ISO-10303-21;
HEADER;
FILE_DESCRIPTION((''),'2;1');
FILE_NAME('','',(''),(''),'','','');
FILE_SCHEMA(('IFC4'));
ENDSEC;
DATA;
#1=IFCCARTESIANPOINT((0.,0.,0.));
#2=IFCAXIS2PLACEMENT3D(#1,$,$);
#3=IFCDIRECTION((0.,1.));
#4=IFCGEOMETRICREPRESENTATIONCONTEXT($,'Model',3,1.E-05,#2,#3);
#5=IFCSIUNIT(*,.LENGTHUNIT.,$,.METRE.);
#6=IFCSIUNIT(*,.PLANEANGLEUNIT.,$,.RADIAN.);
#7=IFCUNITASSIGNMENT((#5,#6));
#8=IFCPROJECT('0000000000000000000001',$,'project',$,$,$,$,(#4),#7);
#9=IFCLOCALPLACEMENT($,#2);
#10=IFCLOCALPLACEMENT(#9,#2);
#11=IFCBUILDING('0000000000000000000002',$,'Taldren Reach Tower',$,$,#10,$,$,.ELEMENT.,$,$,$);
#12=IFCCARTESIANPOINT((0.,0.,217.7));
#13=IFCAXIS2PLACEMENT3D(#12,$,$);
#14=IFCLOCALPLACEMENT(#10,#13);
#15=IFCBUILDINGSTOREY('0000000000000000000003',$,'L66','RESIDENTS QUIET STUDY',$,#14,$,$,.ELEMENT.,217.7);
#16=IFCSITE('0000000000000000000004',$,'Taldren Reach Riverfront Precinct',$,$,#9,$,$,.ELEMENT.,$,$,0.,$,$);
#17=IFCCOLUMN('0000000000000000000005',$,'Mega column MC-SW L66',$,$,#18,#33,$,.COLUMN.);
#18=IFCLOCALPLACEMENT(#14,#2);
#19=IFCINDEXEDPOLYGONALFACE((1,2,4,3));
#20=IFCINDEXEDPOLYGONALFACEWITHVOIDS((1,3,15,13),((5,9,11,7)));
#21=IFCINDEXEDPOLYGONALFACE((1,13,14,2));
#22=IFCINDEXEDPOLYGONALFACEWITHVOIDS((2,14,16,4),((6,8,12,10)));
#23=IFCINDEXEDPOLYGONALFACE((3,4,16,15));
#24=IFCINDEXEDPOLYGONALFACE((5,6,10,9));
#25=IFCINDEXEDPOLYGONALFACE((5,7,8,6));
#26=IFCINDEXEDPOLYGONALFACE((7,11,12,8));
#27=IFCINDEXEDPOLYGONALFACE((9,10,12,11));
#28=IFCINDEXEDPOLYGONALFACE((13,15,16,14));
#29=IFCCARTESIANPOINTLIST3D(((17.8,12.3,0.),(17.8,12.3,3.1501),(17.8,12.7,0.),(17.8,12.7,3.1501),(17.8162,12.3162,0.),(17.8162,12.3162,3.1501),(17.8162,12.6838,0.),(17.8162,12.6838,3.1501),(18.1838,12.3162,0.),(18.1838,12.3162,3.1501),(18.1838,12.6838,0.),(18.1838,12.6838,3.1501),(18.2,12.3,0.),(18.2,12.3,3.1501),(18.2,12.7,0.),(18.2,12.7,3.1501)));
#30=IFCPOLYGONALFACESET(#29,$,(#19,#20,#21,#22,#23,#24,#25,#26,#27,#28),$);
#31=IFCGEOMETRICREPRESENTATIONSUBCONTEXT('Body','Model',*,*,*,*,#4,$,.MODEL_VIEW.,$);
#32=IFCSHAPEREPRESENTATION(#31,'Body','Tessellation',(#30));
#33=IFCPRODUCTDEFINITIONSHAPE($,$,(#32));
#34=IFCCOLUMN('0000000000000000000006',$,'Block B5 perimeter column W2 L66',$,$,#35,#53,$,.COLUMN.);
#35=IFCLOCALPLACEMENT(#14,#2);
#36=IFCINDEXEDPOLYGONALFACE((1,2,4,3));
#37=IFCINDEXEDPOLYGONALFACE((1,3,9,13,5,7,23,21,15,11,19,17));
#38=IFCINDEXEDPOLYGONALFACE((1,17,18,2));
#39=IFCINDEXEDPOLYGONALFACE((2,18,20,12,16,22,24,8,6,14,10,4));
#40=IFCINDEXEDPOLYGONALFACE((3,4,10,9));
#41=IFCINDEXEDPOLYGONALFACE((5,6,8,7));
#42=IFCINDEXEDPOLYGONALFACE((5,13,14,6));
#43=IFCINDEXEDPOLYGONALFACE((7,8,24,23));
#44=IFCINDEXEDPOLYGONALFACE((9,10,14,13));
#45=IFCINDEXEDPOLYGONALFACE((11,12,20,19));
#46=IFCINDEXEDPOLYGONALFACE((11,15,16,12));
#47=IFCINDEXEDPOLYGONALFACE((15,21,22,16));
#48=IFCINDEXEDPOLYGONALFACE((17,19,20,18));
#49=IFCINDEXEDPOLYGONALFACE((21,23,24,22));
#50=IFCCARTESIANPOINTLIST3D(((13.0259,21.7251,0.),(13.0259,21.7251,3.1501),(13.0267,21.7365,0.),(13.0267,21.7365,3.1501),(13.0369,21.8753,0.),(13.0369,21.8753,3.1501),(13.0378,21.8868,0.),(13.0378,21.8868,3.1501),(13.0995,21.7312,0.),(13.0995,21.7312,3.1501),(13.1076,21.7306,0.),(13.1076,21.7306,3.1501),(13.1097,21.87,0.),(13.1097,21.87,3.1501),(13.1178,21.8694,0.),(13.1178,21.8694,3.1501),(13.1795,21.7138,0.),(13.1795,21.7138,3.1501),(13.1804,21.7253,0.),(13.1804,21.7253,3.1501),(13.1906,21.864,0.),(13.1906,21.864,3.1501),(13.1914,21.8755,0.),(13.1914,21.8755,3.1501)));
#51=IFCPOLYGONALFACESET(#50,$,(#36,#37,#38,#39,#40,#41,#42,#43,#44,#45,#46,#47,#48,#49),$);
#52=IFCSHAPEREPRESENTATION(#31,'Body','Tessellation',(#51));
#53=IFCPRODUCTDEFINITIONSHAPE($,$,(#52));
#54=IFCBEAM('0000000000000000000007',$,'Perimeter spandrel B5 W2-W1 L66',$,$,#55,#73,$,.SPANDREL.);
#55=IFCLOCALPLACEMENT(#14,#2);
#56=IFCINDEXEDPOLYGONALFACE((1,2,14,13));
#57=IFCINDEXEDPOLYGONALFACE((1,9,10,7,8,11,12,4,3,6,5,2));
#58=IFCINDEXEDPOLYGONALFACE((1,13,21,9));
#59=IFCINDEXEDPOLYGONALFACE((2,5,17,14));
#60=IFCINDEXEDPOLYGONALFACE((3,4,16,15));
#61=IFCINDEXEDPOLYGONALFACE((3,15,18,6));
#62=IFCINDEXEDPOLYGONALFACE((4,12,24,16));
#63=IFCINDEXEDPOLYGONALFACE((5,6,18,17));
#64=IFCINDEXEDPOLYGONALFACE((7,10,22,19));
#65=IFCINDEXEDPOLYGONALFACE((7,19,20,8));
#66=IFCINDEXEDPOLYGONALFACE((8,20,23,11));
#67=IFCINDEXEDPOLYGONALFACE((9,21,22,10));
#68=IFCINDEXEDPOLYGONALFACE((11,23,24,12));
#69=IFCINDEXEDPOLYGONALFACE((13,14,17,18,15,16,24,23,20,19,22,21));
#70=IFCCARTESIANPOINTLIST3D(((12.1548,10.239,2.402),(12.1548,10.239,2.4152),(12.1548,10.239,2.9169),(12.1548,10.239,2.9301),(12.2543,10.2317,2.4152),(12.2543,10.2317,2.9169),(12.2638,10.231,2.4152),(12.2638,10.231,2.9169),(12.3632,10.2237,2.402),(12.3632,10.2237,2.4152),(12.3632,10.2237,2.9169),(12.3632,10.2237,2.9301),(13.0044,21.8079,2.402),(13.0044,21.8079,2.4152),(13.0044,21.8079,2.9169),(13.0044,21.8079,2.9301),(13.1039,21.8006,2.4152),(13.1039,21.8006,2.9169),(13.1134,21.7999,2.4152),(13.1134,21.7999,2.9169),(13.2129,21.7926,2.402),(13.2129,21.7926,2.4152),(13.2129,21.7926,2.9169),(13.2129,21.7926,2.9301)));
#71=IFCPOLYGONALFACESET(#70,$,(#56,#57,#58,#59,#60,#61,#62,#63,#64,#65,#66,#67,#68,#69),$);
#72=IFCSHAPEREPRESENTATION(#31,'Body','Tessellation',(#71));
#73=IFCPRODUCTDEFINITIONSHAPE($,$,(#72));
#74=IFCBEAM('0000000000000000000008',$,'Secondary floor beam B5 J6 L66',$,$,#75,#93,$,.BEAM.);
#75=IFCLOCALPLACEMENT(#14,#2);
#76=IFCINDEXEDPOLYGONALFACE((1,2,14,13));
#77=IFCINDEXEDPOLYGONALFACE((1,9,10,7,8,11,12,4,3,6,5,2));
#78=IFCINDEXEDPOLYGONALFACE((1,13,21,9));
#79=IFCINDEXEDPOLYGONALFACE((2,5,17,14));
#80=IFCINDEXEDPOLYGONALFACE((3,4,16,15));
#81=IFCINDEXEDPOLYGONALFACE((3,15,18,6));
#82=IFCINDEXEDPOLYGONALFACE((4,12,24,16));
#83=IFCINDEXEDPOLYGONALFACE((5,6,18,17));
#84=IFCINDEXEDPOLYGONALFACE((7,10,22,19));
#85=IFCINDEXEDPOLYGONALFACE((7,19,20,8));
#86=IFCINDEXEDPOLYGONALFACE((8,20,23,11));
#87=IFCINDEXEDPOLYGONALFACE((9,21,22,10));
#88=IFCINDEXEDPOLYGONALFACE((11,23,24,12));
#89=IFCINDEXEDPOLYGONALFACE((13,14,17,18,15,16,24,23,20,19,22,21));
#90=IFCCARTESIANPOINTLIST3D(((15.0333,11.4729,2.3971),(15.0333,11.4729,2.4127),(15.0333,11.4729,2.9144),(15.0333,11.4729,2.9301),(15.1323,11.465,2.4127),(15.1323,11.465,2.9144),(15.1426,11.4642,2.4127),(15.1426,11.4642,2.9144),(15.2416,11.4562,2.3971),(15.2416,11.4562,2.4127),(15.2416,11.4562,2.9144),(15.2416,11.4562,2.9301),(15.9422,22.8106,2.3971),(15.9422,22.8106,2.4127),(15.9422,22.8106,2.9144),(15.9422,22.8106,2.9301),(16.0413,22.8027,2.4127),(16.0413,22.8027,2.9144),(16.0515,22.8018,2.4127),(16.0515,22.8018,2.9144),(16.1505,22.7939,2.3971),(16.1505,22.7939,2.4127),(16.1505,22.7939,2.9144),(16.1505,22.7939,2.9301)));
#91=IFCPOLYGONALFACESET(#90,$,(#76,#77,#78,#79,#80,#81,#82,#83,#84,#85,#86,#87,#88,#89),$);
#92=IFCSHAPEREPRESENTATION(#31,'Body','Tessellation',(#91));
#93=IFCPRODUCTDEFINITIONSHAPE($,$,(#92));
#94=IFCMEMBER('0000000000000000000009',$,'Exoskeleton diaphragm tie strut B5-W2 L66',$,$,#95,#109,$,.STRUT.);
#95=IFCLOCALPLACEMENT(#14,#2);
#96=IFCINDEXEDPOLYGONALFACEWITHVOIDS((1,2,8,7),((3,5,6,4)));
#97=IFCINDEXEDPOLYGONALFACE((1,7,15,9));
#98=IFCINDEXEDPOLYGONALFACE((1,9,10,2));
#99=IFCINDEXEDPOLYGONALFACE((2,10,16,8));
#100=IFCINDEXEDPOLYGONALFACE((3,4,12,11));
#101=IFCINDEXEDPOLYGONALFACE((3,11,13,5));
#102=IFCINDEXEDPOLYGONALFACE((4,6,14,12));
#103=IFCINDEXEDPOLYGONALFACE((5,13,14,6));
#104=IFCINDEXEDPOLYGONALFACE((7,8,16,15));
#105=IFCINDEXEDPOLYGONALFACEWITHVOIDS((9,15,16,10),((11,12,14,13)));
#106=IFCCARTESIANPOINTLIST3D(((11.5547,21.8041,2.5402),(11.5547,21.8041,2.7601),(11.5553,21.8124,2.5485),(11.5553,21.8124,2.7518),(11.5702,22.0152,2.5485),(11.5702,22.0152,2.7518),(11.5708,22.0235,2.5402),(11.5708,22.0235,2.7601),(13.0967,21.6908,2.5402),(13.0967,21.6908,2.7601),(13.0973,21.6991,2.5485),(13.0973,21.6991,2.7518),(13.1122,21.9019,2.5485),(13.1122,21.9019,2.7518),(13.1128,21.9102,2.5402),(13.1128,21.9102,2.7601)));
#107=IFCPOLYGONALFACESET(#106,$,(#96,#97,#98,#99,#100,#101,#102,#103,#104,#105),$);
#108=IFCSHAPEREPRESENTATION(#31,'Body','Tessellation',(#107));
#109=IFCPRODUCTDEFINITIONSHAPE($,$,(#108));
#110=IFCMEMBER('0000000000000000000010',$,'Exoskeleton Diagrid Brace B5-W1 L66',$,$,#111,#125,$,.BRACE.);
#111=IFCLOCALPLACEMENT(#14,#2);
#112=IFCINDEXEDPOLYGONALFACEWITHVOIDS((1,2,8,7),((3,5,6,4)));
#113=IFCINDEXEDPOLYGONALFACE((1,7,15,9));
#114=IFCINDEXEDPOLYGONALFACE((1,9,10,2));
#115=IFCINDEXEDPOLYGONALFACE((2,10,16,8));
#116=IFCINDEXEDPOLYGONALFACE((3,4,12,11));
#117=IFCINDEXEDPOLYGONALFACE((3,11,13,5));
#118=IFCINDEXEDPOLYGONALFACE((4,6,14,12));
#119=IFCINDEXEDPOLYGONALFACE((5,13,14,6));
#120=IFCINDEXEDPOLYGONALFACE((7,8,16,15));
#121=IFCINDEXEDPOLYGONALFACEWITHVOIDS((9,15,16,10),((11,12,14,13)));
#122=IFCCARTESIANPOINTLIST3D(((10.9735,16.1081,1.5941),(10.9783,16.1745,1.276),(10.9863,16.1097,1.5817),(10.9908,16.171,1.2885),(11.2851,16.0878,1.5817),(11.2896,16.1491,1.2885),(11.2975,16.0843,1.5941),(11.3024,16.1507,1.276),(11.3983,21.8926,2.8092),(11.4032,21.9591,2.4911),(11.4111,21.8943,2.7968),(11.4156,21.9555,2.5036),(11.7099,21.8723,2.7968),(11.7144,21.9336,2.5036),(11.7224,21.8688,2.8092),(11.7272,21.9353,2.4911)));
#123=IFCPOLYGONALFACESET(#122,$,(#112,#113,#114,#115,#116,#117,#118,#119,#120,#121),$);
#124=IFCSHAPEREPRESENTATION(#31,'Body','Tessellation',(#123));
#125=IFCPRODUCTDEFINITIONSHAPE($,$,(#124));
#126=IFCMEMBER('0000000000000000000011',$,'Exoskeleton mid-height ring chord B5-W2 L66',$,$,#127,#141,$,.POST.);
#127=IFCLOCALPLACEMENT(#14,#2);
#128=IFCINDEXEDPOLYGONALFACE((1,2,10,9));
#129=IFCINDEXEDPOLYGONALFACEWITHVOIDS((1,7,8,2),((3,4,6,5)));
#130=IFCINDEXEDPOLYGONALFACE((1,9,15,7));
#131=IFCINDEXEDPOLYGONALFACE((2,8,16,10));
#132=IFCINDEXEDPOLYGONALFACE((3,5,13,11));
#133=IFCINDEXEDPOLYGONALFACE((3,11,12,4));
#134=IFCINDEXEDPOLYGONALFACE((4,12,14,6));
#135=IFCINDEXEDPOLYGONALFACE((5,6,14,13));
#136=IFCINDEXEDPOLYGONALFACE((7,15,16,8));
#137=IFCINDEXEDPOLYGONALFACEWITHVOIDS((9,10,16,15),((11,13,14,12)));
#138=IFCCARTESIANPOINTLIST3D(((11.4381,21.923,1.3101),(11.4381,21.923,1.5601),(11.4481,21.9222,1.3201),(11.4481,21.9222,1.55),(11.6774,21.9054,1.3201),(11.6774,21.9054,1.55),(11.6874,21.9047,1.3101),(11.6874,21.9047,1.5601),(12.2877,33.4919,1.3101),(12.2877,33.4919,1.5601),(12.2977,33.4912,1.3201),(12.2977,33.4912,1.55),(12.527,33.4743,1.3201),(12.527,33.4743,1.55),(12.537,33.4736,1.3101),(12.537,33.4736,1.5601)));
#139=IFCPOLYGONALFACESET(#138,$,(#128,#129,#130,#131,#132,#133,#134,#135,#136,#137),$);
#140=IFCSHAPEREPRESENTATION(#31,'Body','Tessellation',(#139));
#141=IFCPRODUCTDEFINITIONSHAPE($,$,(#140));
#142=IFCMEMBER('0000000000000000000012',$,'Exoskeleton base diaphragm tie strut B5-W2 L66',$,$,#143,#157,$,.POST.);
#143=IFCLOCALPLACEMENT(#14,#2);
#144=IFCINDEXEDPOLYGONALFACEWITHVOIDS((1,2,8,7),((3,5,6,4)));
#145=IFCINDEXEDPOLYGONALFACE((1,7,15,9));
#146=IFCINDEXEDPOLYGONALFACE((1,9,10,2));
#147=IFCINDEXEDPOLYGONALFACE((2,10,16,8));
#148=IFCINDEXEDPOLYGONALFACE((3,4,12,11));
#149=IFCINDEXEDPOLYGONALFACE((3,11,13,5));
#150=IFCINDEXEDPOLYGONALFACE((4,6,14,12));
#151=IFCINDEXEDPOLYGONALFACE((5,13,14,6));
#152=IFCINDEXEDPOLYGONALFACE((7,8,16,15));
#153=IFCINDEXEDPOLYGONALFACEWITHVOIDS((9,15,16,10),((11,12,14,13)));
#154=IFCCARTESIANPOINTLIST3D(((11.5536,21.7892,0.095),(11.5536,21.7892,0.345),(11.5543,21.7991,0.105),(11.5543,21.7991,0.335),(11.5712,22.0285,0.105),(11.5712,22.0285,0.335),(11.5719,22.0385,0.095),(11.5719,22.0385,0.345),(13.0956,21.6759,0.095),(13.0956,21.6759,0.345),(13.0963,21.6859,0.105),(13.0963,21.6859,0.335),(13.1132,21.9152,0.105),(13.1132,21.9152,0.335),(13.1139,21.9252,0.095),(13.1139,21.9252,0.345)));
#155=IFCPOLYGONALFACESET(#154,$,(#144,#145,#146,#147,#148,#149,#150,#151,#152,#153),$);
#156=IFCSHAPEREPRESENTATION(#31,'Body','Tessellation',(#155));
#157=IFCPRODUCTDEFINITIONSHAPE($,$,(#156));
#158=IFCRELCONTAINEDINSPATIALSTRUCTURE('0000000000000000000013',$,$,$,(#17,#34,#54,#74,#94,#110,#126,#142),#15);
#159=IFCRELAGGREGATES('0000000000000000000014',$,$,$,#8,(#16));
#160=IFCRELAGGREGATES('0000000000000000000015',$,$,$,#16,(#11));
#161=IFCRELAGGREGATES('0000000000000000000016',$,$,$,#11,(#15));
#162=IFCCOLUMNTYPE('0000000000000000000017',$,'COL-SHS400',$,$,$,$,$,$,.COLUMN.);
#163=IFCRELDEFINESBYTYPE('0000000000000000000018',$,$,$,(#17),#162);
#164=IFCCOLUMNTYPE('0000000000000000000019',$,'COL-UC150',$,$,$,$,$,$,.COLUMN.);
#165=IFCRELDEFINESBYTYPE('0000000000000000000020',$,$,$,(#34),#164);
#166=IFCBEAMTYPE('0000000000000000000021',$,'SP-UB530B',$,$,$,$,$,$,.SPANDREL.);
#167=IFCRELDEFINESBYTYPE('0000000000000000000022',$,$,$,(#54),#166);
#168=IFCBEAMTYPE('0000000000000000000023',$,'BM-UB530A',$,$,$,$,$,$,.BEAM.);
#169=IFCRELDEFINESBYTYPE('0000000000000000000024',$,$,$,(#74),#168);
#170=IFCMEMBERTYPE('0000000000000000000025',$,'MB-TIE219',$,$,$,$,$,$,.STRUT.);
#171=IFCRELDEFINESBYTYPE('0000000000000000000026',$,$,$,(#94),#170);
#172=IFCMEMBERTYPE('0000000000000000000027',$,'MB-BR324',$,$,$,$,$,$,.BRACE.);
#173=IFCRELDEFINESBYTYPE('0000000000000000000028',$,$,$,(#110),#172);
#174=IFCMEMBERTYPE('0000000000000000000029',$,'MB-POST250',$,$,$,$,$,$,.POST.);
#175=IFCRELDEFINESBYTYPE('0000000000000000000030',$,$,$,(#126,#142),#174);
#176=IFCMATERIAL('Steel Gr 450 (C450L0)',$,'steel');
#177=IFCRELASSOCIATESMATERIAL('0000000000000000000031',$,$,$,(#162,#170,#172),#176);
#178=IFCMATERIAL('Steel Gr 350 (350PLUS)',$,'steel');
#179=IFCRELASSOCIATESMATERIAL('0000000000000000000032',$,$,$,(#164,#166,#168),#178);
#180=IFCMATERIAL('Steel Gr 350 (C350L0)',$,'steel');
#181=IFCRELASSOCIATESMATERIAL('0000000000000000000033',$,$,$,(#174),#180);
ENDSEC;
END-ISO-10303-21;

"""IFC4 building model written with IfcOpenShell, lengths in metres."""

from ifc_helpers import new_model, si_unit, direction, frame, origin, origin_2d, place, context, subcontext, project, spatial, hollow_rectangle, i_section, extrude, source, transform, mapped, material, material_profile, profile_set, type_object, element, save


model = new_model("IFC4")

# Units and contexts
model_context = context("Model", 3, precision=1e-05, world=origin(), true_north=direction((0.0, 1.0)))
body_context = subcontext(model_context, "Body", "Model", "MODEL_VIEW")
ifc_project = project(units=[si_unit("LENGTHUNIT", "METRE"), si_unit("PLANEANGLEUNIT", "RADIAN")], contexts=[model_context])

# Site, building, storey
site_placement = place(None, origin())
site = spatial("IfcSite", under=ifc_project, at=site_placement, Name="Taldren Reach Riverfront Precinct", CompositionType="ELEMENT", RefElevation=0.0)
building_placement = place(site_placement, origin())
building = spatial("IfcBuilding", under=site, at=building_placement, Name="Taldren Reach Tower", CompositionType="ELEMENT")
storey_placement = place(building_placement, frame((0.0, 0.0, 217.7)))
storey = spatial("IfcBuildingStorey", under=building, at=storey_placement, Name="L66", Description="RESIDENTS QUIET STUDY", CompositionType="ELEMENT", Elevation=217.7)

# Columns
ifc_material_1 = material(Name="Steel Gr 450 (C450L0)", Category="steel")
ifc_material_profile_1 = material_profile(ifc_material_1, hollow_rectangle(XDim=0.3999, YDim=0.3999, WallThickness=0.0161, at=origin_2d()), Name="400x400x16.0SHS")
ifc_profile_set_1 = profile_set([ifc_material_profile_1], Name="Steel Gr 450 (C450L0)")
column_type_1 = type_object("IfcColumnType", Name="COL-SHS400", PredefinedType="COLUMN", material=ifc_profile_set_1)
shared_shape_1 = source(origin(), body_context, "Body", "SweptSolid", [
    extrude(hollow_rectangle(XDim=0.3999, YDim=0.3999, WallThickness=0.0161, at=origin_2d()), origin(), (0.0, 0.0, 1.0), 3.1501),
])
column_1_placement = place(storey_placement, frame((18.0, 12.5, 0.0), z_axis=(0.0, 0.0, 1.0), x_axis=(1.0, 0.0, 0.0)))
element("IfcColumn", 1, at=column_1_placement, inside=storey, type_object=column_type_1, Name="Mega column MC-SW L66", PredefinedType="COLUMN", context=body_context, shape_type="MappedRepresentation", body=[
    mapped(shared_shape_1, transform((0.0, 0.0, 0.0), scale=1.0)),
])
ifc_material_2 = material(Name="Steel Gr 350 (350PLUS)", Category="steel")
ifc_material_profile_2 = material_profile(ifc_material_2, i_section(OverallWidth=0.1541, OverallDepth=0.1621, WebThickness=0.0081, FlangeThickness=0.0115, at=origin_2d()), Name="150UC37.2")
ifc_profile_set_2 = profile_set([ifc_material_profile_2], Name="Steel Gr 350 (350PLUS)")
column_type_2 = type_object("IfcColumnType", Name="COL-UC150", PredefinedType="COLUMN", material=ifc_profile_set_2)
shared_shape_2 = source(origin(), body_context, "Body", "SweptSolid", [
    extrude(i_section(OverallWidth=0.1541, OverallDepth=0.1621, WebThickness=0.0081, FlangeThickness=0.0115, at=origin_2d()), origin(), (0.0, 0.0, 1.0), 3.1501),
])
column_2_placement = place(storey_placement, frame((13.1086, 21.8003, 0.0), z_axis=(0.0, 0.0, 1.0), x_axis=(0.997314, -0.073238, 0.0)))
element("IfcColumn", 2, at=column_2_placement, inside=storey, type_object=column_type_2, Name="Block B5 perimeter column W2 L66", PredefinedType="COLUMN", context=body_context, shape_type="MappedRepresentation", body=[
    mapped(shared_shape_2, transform((0.0, 0.0, 0.0), scale=1.0)),
])

# Beams
ifc_material_profile_3 = material_profile(ifc_material_2, i_section(OverallWidth=0.209, OverallDepth=0.5281, WebThickness=0.0095, FlangeThickness=0.0132, at=origin_2d()), Name="530UB82.0")
ifc_profile_set_3 = profile_set([ifc_material_profile_3], Name="Steel Gr 350 (350PLUS)")
beam_type_1 = type_object("IfcBeamType", Name="SP-UB530B", PredefinedType="SPANDREL", material=ifc_profile_set_3)
shared_shape_3 = source(origin(), body_context, "Body", "SweptSolid", [
    extrude(i_section(OverallWidth=0.209, OverallDepth=0.5281, WebThickness=0.0095, FlangeThickness=0.0132, at=origin_2d()), origin(), (0.0, 0.0, 1.0), 11.6001),
])
beam_1_placement = place(storey_placement, frame((13.1086, 21.8003, 2.666), z_axis=(-0.073242, -0.997314, 0.0), x_axis=(0.997314, -0.073242, 0.0)))
element("IfcBeam", 3, at=beam_1_placement, inside=storey, type_object=beam_type_1, Name="Perimeter spandrel B5 W2-W1 L66", PredefinedType="SPANDREL", context=body_context, shape_type="MappedRepresentation", body=[
    mapped(shared_shape_3, transform((0.0, 0.0, 0.0), scale=1.0)),
])
ifc_material_profile_4 = material_profile(ifc_material_2, i_section(OverallWidth=0.209, OverallDepth=0.533, WebThickness=0.0103, FlangeThickness=0.0156, at=origin_2d()), Name="530UB92.4")
ifc_profile_set_4 = profile_set([ifc_material_profile_4], Name="Steel Gr 350 (350PLUS)")
beam_type_2 = type_object("IfcBeamType", Name="BM-UB530A", PredefinedType="BEAM", material=ifc_profile_set_4)
shared_shape_4 = source(origin(), body_context, "Body", "SweptSolid", [
    extrude(i_section(OverallWidth=0.209, OverallDepth=0.533, WebThickness=0.0103, FlangeThickness=0.0156, at=origin_2d()), origin(), (0.0, 0.0, 1.0), 11.374),
])
beam_2_placement = place(storey_placement, frame((15.1375, 11.4646, 2.6636), z_axis=(0.079913, 0.996802, 0.0), x_axis=(-0.996802, 0.079913, 0.0)))
element("IfcBeam", 4, at=beam_2_placement, inside=storey, type_object=beam_type_2, Name="Secondary floor beam B5 J6 L66", PredefinedType="BEAM", context=body_context, shape_type="MappedRepresentation", body=[
    mapped(shared_shape_4, transform((0.0, 0.0, 0.0), scale=1.0)),
])

# Members
ifc_material_profile_5 = material_profile(ifc_material_1, hollow_rectangle(XDim=0.22, YDim=0.22, WallThickness=0.0083, at=origin_2d()), Name="220x220x8.2SHS")
ifc_profile_set_5 = profile_set([ifc_material_profile_5], Name="Steel Gr 450 (C450L0)")
member_type_1 = type_object("IfcMemberType", Name="MB-TIE219", PredefinedType="STRUT", material=ifc_profile_set_5)
shared_shape_5 = source(origin(), body_context, "Body", "SweptSolid", [
    extrude(hollow_rectangle(XDim=0.22, YDim=0.22, WallThickness=0.0083, at=origin_2d()), origin(), (0.0, 0.0, 1.0), 1.5461),
])
member_1_placement = place(storey_placement, frame((13.1047, 21.8005, 2.6501), z_axis=(-0.997312, 0.073267, 0.0), x_axis=(-0.073267, -0.997312, 0.0)))
element("IfcMember", 5, at=member_1_placement, inside=storey, type_object=member_type_1, Name="Exoskeleton diaphragm tie strut B5-W2 L66", PredefinedType="STRUT", context=body_context, shape_type="MappedRepresentation", body=[
    mapped(shared_shape_5, transform((0.0, 0.0, 0.0), scale=1.0)),
])
ifc_material_profile_6 = material_profile(ifc_material_1, hollow_rectangle(XDim=0.325, YDim=0.325, WallThickness=0.0127, at=origin_2d()), Name="325x325x12.7SHS")
ifc_profile_set_6 = profile_set([ifc_material_profile_6], Name="Steel Gr 450 (C450L0)")
member_type_2 = type_object("IfcMemberType", Name="MB-BR324", PredefinedType="BRACE", material=ifc_profile_set_6)
shared_shape_6 = source(origin(), body_context, "Body", "SweptSolid", [
    extrude(hollow_rectangle(XDim=0.325, YDim=0.325, WallThickness=0.0127, at=origin_2d()), origin(), (0.0, 0.0, 1.0), 5.926),
])
member_2_placement = place(storey_placement, frame((11.1379, 16.1294, 1.4351), z_axis=(0.071686, 0.976123, 0.205046), x_axis=(-0.997314, 0.073242, 0.0)))
element("IfcMember", 6, at=member_2_placement, inside=storey, type_object=member_type_2, Name="Exoskeleton Diagrid Brace B5-W1 L66", PredefinedType="BRACE", context=body_context, shape_type="MappedRepresentation", body=[
    mapped(shared_shape_6, transform((0.0, 0.0, 0.0), scale=1.0)),
])
ifc_material_3 = material(Name="Steel Gr 350 (C350L0)", Category="steel")
ifc_material_profile_7 = material_profile(ifc_material_3, hollow_rectangle(XDim=0.25, YDim=0.25, WallThickness=0.01, at=origin_2d()), Name="250x250x10.0SHS")
ifc_profile_set_7 = profile_set([ifc_material_profile_7], Name="Steel Gr 350 (C350L0)")
member_type_3 = type_object("IfcMemberType", Name="MB-POST250", PredefinedType="POST", material=ifc_profile_set_7)
shared_shape_7 = source(origin(), body_context, "Body", "SweptSolid", [
    extrude(hollow_rectangle(XDim=0.25, YDim=0.25, WallThickness=0.01, at=origin_2d()), origin(), (0.0, 0.0, 1.0), 11.6001),
])
member_3_placement = place(storey_placement, frame((11.5627, 21.9138, 1.4351), z_axis=(0.073242, 0.997314, 0.0), x_axis=(-0.997314, 0.073242, 0.0)))
element("IfcMember", 7, at=member_3_placement, inside=storey, type_object=member_type_3, Name="Exoskeleton mid-height ring chord B5-W2 L66", PredefinedType="POST", context=body_context, shape_type="MappedRepresentation", body=[
    mapped(shared_shape_7, transform((0.0, 0.0, 0.0), scale=1.0)),
])
shared_shape_8 = source(origin(), body_context, "Body", "SweptSolid", [
    extrude(hollow_rectangle(XDim=0.25, YDim=0.25, WallThickness=0.01, at=origin_2d()), origin(), (0.0, 0.0, 1.0), 1.5461),
])
for number, where, z_axis, x_axis, name in (
    (8, (13.1047, 21.8005, 0.22), (-0.997312, 0.073267, 0.0), (-0.073267, -0.997312, 0.0), "Exoskeleton base diaphragm tie strut B5-W2 L66"),
):
    element("IfcMember", number, at=place(storey_placement, frame(where, z_axis=z_axis, x_axis=x_axis)), inside=storey, type_object=member_type_3, Name=name, PredefinedType="POST", context=body_context, shape_type="MappedRepresentation", body=[
        mapped(shared_shape_8, transform((0.0, 0.0, 0.0), scale=1.0)),
    ])

save(model, "model.ifc")
